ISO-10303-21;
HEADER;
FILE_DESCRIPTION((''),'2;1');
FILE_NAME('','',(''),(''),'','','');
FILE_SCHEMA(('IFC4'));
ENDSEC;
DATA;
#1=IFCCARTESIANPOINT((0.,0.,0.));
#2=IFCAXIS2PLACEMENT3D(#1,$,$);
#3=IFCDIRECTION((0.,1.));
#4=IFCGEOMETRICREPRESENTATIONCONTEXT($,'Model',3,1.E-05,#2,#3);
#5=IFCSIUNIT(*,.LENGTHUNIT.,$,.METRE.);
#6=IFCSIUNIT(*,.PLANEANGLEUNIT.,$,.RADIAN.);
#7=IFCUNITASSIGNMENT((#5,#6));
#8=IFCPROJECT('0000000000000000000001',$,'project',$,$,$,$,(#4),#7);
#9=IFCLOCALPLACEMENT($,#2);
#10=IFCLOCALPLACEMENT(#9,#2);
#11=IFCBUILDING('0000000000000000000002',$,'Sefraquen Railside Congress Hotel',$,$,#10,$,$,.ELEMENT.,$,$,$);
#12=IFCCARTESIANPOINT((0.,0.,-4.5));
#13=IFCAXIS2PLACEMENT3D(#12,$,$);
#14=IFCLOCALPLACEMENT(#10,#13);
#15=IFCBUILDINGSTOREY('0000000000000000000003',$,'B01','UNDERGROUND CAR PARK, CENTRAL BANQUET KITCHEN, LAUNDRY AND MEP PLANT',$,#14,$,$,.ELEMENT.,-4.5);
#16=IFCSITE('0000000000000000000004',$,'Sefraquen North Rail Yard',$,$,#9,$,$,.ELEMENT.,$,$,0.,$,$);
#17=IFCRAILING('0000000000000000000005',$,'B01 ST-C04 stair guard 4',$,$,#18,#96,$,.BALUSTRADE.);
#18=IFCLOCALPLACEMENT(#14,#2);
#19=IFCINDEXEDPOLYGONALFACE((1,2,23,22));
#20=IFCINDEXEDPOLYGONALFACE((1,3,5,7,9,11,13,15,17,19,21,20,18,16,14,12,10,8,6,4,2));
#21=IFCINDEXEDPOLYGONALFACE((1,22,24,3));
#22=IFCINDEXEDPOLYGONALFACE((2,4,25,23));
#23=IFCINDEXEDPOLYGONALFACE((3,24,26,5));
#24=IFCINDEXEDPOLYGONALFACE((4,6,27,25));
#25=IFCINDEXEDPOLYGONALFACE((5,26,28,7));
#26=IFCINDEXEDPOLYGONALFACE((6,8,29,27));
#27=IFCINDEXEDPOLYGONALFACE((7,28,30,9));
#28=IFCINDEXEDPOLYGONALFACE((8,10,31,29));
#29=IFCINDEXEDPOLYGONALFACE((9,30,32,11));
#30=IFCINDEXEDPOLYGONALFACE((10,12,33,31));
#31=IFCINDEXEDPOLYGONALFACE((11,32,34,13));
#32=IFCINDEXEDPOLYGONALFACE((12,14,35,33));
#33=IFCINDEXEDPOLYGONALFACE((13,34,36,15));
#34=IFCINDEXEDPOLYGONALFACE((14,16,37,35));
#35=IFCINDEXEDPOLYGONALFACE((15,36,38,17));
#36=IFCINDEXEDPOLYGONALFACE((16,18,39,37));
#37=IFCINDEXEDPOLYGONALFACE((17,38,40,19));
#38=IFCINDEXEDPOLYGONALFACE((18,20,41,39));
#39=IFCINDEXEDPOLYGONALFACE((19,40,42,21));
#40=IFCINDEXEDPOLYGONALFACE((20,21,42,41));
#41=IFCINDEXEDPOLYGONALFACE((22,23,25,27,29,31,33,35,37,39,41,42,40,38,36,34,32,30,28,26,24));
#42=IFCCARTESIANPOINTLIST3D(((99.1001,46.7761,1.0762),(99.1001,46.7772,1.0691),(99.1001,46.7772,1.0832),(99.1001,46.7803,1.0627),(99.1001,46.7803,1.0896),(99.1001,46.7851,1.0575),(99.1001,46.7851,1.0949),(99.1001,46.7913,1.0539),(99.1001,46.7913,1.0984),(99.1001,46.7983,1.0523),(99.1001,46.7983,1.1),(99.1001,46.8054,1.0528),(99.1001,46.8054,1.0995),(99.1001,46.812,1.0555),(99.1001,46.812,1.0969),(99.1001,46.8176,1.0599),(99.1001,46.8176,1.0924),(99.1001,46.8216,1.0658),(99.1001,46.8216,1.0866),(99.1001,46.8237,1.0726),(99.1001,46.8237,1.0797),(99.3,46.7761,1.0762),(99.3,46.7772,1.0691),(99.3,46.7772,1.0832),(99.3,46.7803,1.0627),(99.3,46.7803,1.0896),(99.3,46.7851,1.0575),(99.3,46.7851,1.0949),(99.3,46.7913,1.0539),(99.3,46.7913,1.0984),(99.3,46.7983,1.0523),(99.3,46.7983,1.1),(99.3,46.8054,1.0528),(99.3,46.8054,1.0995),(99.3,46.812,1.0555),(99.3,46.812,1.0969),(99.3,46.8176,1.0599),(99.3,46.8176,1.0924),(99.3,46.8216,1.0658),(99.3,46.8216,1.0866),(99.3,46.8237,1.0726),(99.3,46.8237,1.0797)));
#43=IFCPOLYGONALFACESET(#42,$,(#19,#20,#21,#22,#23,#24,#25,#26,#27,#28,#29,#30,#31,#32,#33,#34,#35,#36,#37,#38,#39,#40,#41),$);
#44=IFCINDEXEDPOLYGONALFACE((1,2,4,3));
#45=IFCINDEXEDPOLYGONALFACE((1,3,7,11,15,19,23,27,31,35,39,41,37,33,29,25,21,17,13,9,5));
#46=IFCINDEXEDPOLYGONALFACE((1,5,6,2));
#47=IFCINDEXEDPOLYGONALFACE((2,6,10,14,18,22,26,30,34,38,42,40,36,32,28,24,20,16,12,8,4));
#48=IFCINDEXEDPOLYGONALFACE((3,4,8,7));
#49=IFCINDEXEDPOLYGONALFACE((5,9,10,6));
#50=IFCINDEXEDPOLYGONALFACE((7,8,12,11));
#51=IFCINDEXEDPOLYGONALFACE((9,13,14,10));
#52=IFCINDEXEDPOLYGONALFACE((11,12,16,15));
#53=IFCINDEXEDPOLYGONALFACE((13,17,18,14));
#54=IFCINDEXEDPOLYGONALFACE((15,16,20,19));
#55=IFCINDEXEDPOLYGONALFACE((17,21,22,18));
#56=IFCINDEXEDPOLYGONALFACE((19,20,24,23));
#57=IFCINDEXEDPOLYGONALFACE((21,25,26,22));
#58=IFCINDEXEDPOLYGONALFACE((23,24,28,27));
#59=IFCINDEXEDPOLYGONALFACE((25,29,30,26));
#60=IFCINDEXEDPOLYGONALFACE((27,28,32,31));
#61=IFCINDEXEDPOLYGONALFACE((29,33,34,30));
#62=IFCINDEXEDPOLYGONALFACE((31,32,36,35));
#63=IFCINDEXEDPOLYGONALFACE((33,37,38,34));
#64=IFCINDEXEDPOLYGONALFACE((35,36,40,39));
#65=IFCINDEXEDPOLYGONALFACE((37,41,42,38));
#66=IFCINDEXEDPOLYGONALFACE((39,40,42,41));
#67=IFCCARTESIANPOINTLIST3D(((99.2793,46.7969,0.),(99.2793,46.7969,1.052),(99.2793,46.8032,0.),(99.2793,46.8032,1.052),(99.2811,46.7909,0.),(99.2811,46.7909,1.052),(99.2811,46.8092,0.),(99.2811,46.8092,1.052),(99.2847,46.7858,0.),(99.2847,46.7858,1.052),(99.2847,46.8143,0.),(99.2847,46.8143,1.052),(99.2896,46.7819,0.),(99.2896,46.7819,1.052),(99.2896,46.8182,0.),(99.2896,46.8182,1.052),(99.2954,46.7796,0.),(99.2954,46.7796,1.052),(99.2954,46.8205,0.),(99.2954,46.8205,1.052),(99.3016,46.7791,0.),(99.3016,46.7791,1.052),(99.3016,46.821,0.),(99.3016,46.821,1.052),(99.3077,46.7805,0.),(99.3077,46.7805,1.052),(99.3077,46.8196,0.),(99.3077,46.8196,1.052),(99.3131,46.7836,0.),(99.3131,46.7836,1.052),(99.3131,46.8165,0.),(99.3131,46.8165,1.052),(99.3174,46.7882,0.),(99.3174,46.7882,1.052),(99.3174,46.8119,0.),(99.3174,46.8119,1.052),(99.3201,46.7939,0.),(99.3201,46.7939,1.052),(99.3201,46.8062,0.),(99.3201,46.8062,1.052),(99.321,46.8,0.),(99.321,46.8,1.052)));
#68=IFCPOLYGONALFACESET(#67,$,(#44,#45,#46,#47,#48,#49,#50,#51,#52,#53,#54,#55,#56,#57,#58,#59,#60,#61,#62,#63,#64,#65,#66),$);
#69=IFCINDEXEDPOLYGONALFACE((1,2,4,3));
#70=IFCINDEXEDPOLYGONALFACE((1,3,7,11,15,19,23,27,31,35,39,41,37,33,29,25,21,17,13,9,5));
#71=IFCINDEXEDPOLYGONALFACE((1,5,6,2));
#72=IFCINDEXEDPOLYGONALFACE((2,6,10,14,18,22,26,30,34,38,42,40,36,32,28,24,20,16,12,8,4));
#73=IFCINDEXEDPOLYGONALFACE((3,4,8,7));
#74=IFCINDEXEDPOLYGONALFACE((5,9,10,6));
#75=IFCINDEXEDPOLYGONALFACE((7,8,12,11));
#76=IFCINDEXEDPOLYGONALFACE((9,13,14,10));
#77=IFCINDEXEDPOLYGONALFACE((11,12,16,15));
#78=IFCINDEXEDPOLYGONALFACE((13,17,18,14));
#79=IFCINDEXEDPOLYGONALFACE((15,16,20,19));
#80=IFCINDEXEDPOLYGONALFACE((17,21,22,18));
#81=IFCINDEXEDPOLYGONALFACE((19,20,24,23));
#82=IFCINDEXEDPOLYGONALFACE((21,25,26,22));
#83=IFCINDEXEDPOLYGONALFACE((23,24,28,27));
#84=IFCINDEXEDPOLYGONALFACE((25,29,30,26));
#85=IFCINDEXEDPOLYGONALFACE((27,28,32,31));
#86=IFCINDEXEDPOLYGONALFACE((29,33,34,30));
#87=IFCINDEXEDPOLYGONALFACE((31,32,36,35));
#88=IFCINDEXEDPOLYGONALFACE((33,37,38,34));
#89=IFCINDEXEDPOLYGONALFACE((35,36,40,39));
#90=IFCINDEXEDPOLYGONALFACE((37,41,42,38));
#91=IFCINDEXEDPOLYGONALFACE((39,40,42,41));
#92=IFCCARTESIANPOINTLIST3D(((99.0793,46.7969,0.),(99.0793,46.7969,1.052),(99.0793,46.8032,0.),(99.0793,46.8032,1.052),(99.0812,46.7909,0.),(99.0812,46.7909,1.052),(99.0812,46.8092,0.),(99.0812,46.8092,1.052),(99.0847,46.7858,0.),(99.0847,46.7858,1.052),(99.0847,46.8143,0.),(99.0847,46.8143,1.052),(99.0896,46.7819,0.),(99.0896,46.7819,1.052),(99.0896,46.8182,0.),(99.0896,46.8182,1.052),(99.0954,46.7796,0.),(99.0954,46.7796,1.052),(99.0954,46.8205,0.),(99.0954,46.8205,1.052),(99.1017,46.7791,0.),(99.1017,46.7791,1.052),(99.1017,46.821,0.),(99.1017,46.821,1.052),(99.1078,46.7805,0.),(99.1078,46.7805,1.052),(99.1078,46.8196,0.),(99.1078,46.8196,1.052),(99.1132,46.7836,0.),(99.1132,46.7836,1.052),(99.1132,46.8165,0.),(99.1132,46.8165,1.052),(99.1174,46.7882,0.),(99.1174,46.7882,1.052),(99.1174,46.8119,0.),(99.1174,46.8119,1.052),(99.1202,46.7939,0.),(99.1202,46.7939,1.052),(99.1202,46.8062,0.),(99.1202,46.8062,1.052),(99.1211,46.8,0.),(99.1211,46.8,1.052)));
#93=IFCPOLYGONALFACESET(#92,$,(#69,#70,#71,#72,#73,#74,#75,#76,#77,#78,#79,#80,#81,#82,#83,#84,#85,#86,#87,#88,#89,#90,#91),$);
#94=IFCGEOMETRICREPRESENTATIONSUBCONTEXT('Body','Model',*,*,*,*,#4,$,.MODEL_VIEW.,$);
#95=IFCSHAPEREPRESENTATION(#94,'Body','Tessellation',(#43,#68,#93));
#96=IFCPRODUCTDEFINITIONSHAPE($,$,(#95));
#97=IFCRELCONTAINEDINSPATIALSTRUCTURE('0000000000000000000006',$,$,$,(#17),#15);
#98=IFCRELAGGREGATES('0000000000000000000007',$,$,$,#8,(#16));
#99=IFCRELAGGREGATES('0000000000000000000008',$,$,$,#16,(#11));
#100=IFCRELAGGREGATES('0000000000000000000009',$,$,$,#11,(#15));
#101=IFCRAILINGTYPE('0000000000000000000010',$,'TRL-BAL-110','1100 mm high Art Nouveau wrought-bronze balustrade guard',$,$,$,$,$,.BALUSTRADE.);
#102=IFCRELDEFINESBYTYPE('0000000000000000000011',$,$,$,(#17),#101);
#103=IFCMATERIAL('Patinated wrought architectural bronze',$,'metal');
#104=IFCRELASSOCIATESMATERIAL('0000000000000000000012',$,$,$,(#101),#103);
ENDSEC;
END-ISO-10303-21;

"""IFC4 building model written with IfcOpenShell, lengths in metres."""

from ifc_helpers import new_model, si_unit, direction, frame, origin, origin_2d, place, context, subcontext, project, spatial, circle, extrude, material, type_object, element, save


model = new_model("IFC4")

# Units and contexts
model_context = context("Model", 3, precision=1e-05, world=origin(), true_north=direction((0.0, 1.0)))
body_context = subcontext(model_context, "Body", "Model", "MODEL_VIEW")
ifc_project = project(units=[si_unit("LENGTHUNIT", "METRE"), si_unit("PLANEANGLEUNIT", "RADIAN")], contexts=[model_context])

# Site, building, storey
site_placement = place(None, origin())
site = spatial("IfcSite", under=ifc_project, at=site_placement, Name="Sefraquen North Rail Yard", CompositionType="ELEMENT", RefElevation=0.0)
building_placement = place(site_placement, origin())
building = spatial("IfcBuilding", under=site, at=building_placement, Name="Sefraquen Railside Congress Hotel", CompositionType="ELEMENT")
storey_placement = place(building_placement, frame((0.0, 0.0, -4.5)))
storey = spatial("IfcBuildingStorey", under=building, at=storey_placement, Name="B01", Description="UNDERGROUND CAR PARK, CENTRAL BANQUET KITCHEN, LAUNDRY AND MEP PLANT", CompositionType="ELEMENT", Elevation=-4.5)

# Railing
ifc_material_1 = material(Name="Patinated wrought architectural bronze", Category="metal")
railing_type_1 = type_object("IfcRailingType", Name="TRL-BAL-110", Description="1100 mm high Art Nouveau wrought-bronze balustrade guard", PredefinedType="BALUSTRADE", material=ifc_material_1)
railing_1_placement = place(storey_placement, frame((99.3, 46.8, 0.0)))
element("IfcRailing", 1, at=railing_1_placement, inside=storey, type_object=railing_type_1, Name="B01 ST-C04 stair guard 4", PredefinedType="BALUSTRADE", context=body_context, shape_type="SweptSolid", body=[
    extrude(circle(Radius=0.0239, at=origin_2d()), frame((0.0, 0.0, 1.0762), z_axis=(-1.0, 0.0, 0.0), x_axis=(0.0, -1.0, 0.0)), (0.0, 0.0, 1.0), 0.2),
    extrude(circle(Radius=0.021, at=origin_2d()), origin(), (0.0, 0.0, 1.0), 1.052),
    extrude(circle(Radius=0.021, at=origin_2d()), frame((-0.2, 0.0, 0.0)), (0.0, 0.0, 1.0), 1.052),
])

save(model, "model.ifc")
